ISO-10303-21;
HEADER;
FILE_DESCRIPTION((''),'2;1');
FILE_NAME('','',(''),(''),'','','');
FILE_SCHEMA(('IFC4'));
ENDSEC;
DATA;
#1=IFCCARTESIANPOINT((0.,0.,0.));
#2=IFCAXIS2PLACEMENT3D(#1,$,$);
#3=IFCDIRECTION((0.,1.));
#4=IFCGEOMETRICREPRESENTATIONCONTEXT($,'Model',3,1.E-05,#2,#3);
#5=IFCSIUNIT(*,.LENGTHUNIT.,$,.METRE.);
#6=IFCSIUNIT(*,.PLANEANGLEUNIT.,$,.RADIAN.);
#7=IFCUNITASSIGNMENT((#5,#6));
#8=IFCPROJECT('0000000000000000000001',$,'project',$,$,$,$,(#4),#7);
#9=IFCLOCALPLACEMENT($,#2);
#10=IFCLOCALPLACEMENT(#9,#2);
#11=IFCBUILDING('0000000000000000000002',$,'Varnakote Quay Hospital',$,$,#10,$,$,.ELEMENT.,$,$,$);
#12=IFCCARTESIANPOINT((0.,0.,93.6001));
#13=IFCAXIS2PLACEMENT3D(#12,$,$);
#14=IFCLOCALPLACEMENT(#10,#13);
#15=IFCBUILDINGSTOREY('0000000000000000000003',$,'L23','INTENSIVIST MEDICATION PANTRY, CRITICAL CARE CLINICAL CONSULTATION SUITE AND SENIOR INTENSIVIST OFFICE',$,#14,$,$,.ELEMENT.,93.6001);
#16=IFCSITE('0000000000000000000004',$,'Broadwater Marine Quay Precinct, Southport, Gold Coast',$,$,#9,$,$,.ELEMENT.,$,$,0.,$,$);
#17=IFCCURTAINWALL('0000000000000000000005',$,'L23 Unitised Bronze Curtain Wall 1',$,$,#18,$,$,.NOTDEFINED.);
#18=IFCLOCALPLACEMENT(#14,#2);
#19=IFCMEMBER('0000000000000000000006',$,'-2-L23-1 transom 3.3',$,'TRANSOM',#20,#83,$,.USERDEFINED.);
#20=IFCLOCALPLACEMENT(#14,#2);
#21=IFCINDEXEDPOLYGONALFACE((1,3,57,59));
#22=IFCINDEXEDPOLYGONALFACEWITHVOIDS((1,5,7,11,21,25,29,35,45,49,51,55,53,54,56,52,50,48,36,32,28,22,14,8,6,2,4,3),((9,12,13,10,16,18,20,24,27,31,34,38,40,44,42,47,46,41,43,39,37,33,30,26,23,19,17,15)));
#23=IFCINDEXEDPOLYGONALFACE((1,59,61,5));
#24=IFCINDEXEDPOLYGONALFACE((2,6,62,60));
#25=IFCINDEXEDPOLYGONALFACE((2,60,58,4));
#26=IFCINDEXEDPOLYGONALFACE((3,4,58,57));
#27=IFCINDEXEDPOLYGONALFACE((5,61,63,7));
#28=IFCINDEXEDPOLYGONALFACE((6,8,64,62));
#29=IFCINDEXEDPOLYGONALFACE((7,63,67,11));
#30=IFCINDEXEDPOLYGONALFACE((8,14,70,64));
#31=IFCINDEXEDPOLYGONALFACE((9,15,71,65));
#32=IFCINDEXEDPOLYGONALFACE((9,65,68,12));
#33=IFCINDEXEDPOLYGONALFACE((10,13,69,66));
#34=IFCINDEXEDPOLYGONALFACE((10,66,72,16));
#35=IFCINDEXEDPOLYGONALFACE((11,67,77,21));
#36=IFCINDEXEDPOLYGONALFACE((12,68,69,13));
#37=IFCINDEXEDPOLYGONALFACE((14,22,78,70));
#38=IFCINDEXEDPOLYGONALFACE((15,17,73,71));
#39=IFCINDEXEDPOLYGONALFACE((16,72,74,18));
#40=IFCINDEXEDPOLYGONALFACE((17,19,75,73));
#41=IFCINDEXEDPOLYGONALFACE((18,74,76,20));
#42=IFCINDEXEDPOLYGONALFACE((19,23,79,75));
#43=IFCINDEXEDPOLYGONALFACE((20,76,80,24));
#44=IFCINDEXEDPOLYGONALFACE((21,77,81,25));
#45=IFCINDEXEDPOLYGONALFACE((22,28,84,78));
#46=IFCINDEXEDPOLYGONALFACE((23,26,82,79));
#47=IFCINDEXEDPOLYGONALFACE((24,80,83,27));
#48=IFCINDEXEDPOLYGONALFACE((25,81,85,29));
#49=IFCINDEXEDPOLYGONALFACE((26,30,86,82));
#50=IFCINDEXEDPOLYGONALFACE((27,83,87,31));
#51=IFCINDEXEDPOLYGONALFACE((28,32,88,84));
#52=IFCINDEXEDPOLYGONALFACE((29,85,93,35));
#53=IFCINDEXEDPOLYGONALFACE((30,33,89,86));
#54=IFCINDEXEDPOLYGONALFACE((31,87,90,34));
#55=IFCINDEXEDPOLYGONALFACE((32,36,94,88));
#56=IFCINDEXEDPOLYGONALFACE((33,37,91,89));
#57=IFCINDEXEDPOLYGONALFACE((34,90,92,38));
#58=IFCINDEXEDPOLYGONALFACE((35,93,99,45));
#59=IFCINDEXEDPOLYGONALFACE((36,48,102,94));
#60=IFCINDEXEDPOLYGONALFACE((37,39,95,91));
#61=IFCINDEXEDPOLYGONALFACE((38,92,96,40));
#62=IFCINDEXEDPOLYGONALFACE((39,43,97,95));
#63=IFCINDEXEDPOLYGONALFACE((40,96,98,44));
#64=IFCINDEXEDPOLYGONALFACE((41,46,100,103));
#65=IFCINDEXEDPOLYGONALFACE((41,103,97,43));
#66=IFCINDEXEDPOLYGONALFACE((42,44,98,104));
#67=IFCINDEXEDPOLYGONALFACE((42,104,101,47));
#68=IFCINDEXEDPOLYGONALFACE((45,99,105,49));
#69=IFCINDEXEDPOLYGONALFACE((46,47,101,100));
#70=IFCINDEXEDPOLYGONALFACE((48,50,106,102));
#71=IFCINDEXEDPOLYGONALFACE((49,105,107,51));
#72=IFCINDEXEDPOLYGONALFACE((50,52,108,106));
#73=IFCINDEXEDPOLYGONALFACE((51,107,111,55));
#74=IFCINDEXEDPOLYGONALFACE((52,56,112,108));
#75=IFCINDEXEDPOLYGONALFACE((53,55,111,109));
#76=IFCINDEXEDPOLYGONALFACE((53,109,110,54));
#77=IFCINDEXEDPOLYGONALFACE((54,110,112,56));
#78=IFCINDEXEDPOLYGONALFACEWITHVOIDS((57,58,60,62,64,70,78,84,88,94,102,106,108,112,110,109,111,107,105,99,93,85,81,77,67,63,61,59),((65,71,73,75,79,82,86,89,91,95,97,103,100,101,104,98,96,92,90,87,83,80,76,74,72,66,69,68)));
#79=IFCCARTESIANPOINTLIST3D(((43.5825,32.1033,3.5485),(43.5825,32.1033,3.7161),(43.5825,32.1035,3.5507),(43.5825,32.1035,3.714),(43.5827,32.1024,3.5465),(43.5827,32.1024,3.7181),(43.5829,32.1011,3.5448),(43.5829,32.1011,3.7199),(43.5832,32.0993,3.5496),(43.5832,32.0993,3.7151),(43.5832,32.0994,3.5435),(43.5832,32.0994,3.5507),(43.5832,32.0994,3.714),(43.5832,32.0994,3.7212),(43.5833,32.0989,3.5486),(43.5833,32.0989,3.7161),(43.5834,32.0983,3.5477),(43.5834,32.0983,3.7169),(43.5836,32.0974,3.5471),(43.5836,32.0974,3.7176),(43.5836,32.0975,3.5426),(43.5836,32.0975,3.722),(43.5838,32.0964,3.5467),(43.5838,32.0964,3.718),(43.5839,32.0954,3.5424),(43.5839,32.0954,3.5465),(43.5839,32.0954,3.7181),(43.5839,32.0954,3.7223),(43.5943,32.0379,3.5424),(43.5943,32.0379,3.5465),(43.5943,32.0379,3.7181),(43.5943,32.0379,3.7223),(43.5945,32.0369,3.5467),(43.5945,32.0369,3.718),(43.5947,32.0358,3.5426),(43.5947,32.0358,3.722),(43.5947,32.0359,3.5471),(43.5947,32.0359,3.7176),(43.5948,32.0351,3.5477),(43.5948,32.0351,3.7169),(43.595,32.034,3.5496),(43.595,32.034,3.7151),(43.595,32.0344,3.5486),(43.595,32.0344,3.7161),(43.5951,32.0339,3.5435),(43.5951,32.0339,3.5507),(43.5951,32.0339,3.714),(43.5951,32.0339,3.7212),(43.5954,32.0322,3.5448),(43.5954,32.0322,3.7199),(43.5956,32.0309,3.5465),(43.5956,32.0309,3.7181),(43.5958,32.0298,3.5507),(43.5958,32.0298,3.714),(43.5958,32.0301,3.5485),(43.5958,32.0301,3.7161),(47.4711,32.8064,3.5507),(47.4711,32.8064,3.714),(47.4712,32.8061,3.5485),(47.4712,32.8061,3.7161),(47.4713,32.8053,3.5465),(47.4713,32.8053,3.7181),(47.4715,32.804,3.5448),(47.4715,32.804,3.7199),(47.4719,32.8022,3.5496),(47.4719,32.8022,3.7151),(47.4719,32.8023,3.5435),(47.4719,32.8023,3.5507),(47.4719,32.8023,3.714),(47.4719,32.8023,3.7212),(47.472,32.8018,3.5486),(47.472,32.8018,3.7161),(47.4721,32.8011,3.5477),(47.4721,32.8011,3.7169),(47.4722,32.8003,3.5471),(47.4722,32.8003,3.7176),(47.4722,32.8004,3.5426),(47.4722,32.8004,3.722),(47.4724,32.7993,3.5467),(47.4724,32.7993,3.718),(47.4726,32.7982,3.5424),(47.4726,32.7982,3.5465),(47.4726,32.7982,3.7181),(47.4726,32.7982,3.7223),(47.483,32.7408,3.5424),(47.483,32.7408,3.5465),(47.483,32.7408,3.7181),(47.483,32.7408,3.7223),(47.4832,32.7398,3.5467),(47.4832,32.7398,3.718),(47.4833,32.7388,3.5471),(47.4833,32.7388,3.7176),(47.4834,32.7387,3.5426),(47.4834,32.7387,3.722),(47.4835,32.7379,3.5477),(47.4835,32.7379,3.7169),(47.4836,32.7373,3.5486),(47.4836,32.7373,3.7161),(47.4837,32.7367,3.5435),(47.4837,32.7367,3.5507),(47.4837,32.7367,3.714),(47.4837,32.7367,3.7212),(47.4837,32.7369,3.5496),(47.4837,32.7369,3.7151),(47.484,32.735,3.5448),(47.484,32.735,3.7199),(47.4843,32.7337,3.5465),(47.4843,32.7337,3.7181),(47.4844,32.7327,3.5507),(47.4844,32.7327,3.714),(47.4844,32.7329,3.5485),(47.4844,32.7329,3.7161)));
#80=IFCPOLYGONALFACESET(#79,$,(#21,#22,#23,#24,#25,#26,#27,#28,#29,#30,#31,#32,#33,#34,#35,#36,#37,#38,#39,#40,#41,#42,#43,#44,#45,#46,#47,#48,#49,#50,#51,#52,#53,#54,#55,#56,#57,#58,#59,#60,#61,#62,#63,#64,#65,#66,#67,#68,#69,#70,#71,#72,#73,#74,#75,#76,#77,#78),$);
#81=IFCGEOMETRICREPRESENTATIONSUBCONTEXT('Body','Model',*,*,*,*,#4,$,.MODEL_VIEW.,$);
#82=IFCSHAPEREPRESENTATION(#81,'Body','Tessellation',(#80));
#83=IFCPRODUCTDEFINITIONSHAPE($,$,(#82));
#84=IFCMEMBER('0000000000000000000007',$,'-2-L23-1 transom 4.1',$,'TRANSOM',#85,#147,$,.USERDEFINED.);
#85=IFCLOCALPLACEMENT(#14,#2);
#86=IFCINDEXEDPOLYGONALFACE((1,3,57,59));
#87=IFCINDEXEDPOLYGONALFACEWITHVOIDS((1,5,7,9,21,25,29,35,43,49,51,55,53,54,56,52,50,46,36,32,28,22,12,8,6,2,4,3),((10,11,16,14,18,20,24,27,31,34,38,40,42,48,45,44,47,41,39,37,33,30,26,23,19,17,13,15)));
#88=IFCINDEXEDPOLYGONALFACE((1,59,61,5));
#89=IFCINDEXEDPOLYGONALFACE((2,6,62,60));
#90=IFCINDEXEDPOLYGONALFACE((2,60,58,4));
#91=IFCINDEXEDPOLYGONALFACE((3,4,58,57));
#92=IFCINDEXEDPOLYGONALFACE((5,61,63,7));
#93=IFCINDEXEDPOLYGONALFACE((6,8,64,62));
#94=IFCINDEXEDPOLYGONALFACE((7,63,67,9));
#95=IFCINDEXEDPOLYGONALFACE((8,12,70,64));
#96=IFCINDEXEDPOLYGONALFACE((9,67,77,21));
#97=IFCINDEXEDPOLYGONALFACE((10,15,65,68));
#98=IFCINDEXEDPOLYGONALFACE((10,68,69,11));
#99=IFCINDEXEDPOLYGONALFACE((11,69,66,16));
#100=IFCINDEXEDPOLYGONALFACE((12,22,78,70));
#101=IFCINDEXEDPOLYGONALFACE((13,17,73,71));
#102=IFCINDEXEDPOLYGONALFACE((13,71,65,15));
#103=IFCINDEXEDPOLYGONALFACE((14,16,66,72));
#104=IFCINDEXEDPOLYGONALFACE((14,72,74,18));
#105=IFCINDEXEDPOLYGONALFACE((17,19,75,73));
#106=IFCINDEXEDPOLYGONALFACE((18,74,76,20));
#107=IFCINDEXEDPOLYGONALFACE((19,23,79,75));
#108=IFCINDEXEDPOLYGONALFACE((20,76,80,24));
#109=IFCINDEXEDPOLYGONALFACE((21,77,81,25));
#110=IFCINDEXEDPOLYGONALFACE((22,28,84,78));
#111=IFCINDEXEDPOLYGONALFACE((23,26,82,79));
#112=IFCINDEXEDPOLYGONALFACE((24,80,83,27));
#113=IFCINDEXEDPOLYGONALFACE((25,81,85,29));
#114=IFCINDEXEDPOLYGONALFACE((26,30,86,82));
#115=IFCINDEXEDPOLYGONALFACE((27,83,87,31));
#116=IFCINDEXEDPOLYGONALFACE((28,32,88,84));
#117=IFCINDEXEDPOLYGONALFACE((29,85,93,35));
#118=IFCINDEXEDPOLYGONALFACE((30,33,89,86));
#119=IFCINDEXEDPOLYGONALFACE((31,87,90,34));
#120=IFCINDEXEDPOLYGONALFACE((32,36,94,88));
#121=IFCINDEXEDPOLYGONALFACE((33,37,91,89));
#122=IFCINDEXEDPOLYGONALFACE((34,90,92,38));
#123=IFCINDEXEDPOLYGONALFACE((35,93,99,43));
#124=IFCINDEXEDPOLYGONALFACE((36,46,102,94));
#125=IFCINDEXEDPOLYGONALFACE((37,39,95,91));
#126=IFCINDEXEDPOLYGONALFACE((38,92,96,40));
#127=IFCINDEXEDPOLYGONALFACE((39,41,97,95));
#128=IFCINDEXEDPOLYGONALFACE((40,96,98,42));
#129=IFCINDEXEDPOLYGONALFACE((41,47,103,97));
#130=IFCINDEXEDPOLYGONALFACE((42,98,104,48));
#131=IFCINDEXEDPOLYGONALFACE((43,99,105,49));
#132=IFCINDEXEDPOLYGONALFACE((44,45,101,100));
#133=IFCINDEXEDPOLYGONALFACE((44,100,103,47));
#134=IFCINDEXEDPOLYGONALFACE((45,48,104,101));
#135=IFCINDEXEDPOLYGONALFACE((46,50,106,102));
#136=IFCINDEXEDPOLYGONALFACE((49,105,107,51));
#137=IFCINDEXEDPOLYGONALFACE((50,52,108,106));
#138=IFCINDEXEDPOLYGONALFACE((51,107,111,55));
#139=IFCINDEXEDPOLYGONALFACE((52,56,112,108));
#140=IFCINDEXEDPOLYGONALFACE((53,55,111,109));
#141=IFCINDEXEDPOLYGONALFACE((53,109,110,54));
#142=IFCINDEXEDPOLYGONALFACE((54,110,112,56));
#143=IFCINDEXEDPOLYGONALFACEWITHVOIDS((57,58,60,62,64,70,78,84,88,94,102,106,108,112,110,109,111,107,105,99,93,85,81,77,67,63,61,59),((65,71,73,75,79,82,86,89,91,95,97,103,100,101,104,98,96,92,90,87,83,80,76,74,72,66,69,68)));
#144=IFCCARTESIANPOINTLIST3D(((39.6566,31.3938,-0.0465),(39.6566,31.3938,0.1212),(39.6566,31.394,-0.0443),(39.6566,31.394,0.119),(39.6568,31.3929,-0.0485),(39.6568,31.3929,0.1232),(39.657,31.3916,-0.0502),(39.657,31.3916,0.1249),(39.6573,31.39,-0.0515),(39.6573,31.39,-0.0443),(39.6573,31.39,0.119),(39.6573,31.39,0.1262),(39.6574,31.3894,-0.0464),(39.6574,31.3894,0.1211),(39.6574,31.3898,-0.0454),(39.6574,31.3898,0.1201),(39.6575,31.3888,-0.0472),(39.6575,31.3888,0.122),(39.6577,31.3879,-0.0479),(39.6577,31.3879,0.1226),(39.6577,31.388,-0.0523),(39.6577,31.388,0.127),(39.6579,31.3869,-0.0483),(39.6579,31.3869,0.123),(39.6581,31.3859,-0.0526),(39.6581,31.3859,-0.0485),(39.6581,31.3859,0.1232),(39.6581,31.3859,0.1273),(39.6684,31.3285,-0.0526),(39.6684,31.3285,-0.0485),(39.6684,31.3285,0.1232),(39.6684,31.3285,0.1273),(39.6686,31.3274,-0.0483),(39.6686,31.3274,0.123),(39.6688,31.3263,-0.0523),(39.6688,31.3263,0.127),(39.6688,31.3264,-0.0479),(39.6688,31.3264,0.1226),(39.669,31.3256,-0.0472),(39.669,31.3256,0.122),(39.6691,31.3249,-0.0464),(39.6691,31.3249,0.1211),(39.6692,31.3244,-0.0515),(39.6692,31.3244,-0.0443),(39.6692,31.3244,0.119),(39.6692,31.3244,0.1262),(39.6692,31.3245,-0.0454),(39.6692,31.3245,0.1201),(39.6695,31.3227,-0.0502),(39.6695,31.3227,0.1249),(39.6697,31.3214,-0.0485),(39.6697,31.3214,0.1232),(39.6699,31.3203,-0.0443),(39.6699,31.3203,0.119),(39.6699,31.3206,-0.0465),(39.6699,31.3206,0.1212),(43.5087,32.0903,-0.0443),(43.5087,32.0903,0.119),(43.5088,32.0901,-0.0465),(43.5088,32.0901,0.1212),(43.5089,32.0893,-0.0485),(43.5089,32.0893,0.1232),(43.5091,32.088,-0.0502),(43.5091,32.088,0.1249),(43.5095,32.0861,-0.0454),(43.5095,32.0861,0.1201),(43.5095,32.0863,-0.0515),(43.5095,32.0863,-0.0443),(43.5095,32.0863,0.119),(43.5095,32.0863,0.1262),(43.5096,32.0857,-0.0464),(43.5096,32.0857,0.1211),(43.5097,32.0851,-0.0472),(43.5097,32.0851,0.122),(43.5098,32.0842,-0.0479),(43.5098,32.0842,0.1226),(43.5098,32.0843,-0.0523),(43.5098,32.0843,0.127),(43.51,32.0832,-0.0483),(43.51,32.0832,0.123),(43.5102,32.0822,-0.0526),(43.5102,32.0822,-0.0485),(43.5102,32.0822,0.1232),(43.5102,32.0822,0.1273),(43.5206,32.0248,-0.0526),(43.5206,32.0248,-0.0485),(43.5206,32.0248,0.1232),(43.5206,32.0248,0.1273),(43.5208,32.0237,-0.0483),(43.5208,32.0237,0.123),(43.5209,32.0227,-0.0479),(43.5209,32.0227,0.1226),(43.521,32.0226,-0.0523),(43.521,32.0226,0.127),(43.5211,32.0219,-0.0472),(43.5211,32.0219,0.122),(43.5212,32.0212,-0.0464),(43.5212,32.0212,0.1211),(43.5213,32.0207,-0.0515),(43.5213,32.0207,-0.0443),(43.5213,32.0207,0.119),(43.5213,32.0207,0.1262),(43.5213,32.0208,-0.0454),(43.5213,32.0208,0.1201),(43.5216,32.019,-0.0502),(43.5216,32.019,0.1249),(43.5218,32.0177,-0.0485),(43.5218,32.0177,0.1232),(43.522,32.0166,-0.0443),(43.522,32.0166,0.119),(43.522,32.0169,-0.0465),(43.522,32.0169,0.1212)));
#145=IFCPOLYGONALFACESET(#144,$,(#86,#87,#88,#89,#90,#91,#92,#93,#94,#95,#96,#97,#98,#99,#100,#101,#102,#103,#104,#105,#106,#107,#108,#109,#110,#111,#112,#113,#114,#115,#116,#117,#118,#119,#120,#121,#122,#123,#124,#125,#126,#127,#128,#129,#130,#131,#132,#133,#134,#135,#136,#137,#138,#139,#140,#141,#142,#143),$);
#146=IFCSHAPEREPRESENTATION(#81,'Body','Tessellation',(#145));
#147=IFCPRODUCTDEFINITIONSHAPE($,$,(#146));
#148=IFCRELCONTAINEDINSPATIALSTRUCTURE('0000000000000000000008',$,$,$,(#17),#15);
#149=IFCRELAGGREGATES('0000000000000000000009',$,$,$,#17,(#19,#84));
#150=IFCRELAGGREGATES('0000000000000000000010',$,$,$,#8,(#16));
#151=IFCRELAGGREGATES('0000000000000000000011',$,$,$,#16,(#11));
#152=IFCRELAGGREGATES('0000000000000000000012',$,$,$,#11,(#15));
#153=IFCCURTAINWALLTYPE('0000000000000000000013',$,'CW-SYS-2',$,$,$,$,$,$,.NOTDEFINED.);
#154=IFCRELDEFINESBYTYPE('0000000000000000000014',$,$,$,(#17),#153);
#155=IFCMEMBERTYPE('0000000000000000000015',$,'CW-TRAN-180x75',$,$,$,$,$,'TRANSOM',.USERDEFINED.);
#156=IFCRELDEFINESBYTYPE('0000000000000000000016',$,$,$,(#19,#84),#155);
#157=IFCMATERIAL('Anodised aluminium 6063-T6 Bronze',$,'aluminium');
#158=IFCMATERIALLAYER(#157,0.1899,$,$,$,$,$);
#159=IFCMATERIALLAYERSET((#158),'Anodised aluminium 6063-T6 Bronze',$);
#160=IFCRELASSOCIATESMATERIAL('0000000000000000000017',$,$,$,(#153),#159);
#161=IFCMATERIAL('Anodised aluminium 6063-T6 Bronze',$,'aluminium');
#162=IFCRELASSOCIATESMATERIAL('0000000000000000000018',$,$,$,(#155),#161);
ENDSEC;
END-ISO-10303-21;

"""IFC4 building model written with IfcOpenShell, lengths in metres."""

from ifc_helpers import new_model, si_unit, direction, frame, origin, origin_2d, place, context, subcontext, project, spatial, hollow_rectangle, extrude, material, layer, layer_set, material_profile, profile_set, type_object, element, aggregate, save


model = new_model("IFC4")

# Units and contexts
model_context = context("Model", 3, precision=1e-05, world=origin(), true_north=direction((0.0, 1.0)))
body_context = subcontext(model_context, "Body", "Model", "MODEL_VIEW")
ifc_project = project(units=[si_unit("LENGTHUNIT", "METRE"), si_unit("PLANEANGLEUNIT", "RADIAN")], contexts=[model_context])

# Site, building, storey
site_placement = place(None, origin())
site = spatial("IfcSite", under=ifc_project, at=site_placement, Name="Broadwater Marine Quay Precinct, Southport, Gold Coast", CompositionType="ELEMENT", RefElevation=0.0)
building_placement = place(site_placement, origin())
building = spatial("IfcBuilding", under=site, at=building_placement, Name="Varnakote Quay Hospital", CompositionType="ELEMENT")
storey_placement = place(building_placement, frame((0.0, 0.0, 93.6001)))
storey = spatial("IfcBuildingStorey", under=building, at=storey_placement, Name="L23", Description="INTENSIVIST MEDICATION PANTRY, CRITICAL CARE CLINICAL CONSULTATION SUITE AND SENIOR INTENSIVIST OFFICE", CompositionType="ELEMENT", Elevation=93.6001)

# Curtain wall, members
ifc_material_1 = material(Name="Anodised aluminium 6063-T6 Bronze", Category="aluminium")
ifc_layer_1 = layer(ifc_material_1, 0.1899)
ifc_layer_set_1 = layer_set([ifc_layer_1], Name="Anodised aluminium 6063-T6 Bronze")
curtain_wall_type = type_object("IfcCurtainWallType", Name="CW-SYS-2", PredefinedType="NOTDEFINED", material=ifc_layer_set_1)
curtain_wall_placement = place(storey_placement, origin())
curtain_wall = element("IfcCurtainWall", 1, at=curtain_wall_placement, inside=storey, type_object=curtain_wall_type, Name="L23 Unitised Bronze Curtain Wall 1", PredefinedType="NOTDEFINED")
ifc_material_2 = material(Name="Anodised aluminium 6063-T6 Bronze", Category="aluminium")
ifc_material_profile_1 = material_profile(ifc_material_2, hollow_rectangle(XDim=0.075, YDim=0.1799, WallThickness=0.0042, InnerFilletRadius=0.0042, OuterFilletRadius=0.0083, at=origin_2d()), Name="CW-TRAN-180x75")
ifc_profile_set_1 = profile_set([ifc_material_profile_1], Name="Anodised aluminium 6063-T6 Bronze")
member_type_1 = type_object("IfcMemberType", Name="CW-TRAN-180x75", ElementType="TRANSOM", PredefinedType="USERDEFINED", material=ifc_profile_set_1)
member_1_placement = place(storey_placement, frame((47.4778, 32.7695, 3.6323), z_axis=(-0.984054, -0.177869, 0.0), x_axis=(0.177869, -0.984054, 0.0)))
member_1 = element("IfcMember", 2, at=member_1_placement, type_object=member_type_1, Name="-2-L23-1 transom 3.3", ObjectType="TRANSOM", PredefinedType="USERDEFINED", context=body_context, shape_type="SweptSolid", body=[
    extrude(hollow_rectangle(XDim=0.075, YDim=0.1799, WallThickness=0.0042, InnerFilletRadius=0.0042, OuterFilletRadius=0.0083, at=origin_2d()), origin(), (0.0, 0.0, 1.0), 3.9517),
])
member_2_placement = place(storey_placement, frame((43.5154, 32.0535, 0.0374), z_axis=(-0.984053, -0.177875, 0.0), x_axis=(0.177875, -0.984053, 0.0)))
member_2 = element("IfcMember", 3, at=member_2_placement, type_object=member_type_1, Name="-2-L23-1 transom 4.1", ObjectType="TRANSOM", PredefinedType="USERDEFINED", context=body_context, shape_type="SweptSolid", body=[
    extrude(hollow_rectangle(XDim=0.075, YDim=0.1799, WallThickness=0.0042, InnerFilletRadius=0.0042, OuterFilletRadius=0.0083, at=origin_2d()), origin(), (0.0, 0.0, 1.0), 3.9146),
])
aggregate(curtain_wall, [member_1, member_2])

save(model, "model.ifc")
